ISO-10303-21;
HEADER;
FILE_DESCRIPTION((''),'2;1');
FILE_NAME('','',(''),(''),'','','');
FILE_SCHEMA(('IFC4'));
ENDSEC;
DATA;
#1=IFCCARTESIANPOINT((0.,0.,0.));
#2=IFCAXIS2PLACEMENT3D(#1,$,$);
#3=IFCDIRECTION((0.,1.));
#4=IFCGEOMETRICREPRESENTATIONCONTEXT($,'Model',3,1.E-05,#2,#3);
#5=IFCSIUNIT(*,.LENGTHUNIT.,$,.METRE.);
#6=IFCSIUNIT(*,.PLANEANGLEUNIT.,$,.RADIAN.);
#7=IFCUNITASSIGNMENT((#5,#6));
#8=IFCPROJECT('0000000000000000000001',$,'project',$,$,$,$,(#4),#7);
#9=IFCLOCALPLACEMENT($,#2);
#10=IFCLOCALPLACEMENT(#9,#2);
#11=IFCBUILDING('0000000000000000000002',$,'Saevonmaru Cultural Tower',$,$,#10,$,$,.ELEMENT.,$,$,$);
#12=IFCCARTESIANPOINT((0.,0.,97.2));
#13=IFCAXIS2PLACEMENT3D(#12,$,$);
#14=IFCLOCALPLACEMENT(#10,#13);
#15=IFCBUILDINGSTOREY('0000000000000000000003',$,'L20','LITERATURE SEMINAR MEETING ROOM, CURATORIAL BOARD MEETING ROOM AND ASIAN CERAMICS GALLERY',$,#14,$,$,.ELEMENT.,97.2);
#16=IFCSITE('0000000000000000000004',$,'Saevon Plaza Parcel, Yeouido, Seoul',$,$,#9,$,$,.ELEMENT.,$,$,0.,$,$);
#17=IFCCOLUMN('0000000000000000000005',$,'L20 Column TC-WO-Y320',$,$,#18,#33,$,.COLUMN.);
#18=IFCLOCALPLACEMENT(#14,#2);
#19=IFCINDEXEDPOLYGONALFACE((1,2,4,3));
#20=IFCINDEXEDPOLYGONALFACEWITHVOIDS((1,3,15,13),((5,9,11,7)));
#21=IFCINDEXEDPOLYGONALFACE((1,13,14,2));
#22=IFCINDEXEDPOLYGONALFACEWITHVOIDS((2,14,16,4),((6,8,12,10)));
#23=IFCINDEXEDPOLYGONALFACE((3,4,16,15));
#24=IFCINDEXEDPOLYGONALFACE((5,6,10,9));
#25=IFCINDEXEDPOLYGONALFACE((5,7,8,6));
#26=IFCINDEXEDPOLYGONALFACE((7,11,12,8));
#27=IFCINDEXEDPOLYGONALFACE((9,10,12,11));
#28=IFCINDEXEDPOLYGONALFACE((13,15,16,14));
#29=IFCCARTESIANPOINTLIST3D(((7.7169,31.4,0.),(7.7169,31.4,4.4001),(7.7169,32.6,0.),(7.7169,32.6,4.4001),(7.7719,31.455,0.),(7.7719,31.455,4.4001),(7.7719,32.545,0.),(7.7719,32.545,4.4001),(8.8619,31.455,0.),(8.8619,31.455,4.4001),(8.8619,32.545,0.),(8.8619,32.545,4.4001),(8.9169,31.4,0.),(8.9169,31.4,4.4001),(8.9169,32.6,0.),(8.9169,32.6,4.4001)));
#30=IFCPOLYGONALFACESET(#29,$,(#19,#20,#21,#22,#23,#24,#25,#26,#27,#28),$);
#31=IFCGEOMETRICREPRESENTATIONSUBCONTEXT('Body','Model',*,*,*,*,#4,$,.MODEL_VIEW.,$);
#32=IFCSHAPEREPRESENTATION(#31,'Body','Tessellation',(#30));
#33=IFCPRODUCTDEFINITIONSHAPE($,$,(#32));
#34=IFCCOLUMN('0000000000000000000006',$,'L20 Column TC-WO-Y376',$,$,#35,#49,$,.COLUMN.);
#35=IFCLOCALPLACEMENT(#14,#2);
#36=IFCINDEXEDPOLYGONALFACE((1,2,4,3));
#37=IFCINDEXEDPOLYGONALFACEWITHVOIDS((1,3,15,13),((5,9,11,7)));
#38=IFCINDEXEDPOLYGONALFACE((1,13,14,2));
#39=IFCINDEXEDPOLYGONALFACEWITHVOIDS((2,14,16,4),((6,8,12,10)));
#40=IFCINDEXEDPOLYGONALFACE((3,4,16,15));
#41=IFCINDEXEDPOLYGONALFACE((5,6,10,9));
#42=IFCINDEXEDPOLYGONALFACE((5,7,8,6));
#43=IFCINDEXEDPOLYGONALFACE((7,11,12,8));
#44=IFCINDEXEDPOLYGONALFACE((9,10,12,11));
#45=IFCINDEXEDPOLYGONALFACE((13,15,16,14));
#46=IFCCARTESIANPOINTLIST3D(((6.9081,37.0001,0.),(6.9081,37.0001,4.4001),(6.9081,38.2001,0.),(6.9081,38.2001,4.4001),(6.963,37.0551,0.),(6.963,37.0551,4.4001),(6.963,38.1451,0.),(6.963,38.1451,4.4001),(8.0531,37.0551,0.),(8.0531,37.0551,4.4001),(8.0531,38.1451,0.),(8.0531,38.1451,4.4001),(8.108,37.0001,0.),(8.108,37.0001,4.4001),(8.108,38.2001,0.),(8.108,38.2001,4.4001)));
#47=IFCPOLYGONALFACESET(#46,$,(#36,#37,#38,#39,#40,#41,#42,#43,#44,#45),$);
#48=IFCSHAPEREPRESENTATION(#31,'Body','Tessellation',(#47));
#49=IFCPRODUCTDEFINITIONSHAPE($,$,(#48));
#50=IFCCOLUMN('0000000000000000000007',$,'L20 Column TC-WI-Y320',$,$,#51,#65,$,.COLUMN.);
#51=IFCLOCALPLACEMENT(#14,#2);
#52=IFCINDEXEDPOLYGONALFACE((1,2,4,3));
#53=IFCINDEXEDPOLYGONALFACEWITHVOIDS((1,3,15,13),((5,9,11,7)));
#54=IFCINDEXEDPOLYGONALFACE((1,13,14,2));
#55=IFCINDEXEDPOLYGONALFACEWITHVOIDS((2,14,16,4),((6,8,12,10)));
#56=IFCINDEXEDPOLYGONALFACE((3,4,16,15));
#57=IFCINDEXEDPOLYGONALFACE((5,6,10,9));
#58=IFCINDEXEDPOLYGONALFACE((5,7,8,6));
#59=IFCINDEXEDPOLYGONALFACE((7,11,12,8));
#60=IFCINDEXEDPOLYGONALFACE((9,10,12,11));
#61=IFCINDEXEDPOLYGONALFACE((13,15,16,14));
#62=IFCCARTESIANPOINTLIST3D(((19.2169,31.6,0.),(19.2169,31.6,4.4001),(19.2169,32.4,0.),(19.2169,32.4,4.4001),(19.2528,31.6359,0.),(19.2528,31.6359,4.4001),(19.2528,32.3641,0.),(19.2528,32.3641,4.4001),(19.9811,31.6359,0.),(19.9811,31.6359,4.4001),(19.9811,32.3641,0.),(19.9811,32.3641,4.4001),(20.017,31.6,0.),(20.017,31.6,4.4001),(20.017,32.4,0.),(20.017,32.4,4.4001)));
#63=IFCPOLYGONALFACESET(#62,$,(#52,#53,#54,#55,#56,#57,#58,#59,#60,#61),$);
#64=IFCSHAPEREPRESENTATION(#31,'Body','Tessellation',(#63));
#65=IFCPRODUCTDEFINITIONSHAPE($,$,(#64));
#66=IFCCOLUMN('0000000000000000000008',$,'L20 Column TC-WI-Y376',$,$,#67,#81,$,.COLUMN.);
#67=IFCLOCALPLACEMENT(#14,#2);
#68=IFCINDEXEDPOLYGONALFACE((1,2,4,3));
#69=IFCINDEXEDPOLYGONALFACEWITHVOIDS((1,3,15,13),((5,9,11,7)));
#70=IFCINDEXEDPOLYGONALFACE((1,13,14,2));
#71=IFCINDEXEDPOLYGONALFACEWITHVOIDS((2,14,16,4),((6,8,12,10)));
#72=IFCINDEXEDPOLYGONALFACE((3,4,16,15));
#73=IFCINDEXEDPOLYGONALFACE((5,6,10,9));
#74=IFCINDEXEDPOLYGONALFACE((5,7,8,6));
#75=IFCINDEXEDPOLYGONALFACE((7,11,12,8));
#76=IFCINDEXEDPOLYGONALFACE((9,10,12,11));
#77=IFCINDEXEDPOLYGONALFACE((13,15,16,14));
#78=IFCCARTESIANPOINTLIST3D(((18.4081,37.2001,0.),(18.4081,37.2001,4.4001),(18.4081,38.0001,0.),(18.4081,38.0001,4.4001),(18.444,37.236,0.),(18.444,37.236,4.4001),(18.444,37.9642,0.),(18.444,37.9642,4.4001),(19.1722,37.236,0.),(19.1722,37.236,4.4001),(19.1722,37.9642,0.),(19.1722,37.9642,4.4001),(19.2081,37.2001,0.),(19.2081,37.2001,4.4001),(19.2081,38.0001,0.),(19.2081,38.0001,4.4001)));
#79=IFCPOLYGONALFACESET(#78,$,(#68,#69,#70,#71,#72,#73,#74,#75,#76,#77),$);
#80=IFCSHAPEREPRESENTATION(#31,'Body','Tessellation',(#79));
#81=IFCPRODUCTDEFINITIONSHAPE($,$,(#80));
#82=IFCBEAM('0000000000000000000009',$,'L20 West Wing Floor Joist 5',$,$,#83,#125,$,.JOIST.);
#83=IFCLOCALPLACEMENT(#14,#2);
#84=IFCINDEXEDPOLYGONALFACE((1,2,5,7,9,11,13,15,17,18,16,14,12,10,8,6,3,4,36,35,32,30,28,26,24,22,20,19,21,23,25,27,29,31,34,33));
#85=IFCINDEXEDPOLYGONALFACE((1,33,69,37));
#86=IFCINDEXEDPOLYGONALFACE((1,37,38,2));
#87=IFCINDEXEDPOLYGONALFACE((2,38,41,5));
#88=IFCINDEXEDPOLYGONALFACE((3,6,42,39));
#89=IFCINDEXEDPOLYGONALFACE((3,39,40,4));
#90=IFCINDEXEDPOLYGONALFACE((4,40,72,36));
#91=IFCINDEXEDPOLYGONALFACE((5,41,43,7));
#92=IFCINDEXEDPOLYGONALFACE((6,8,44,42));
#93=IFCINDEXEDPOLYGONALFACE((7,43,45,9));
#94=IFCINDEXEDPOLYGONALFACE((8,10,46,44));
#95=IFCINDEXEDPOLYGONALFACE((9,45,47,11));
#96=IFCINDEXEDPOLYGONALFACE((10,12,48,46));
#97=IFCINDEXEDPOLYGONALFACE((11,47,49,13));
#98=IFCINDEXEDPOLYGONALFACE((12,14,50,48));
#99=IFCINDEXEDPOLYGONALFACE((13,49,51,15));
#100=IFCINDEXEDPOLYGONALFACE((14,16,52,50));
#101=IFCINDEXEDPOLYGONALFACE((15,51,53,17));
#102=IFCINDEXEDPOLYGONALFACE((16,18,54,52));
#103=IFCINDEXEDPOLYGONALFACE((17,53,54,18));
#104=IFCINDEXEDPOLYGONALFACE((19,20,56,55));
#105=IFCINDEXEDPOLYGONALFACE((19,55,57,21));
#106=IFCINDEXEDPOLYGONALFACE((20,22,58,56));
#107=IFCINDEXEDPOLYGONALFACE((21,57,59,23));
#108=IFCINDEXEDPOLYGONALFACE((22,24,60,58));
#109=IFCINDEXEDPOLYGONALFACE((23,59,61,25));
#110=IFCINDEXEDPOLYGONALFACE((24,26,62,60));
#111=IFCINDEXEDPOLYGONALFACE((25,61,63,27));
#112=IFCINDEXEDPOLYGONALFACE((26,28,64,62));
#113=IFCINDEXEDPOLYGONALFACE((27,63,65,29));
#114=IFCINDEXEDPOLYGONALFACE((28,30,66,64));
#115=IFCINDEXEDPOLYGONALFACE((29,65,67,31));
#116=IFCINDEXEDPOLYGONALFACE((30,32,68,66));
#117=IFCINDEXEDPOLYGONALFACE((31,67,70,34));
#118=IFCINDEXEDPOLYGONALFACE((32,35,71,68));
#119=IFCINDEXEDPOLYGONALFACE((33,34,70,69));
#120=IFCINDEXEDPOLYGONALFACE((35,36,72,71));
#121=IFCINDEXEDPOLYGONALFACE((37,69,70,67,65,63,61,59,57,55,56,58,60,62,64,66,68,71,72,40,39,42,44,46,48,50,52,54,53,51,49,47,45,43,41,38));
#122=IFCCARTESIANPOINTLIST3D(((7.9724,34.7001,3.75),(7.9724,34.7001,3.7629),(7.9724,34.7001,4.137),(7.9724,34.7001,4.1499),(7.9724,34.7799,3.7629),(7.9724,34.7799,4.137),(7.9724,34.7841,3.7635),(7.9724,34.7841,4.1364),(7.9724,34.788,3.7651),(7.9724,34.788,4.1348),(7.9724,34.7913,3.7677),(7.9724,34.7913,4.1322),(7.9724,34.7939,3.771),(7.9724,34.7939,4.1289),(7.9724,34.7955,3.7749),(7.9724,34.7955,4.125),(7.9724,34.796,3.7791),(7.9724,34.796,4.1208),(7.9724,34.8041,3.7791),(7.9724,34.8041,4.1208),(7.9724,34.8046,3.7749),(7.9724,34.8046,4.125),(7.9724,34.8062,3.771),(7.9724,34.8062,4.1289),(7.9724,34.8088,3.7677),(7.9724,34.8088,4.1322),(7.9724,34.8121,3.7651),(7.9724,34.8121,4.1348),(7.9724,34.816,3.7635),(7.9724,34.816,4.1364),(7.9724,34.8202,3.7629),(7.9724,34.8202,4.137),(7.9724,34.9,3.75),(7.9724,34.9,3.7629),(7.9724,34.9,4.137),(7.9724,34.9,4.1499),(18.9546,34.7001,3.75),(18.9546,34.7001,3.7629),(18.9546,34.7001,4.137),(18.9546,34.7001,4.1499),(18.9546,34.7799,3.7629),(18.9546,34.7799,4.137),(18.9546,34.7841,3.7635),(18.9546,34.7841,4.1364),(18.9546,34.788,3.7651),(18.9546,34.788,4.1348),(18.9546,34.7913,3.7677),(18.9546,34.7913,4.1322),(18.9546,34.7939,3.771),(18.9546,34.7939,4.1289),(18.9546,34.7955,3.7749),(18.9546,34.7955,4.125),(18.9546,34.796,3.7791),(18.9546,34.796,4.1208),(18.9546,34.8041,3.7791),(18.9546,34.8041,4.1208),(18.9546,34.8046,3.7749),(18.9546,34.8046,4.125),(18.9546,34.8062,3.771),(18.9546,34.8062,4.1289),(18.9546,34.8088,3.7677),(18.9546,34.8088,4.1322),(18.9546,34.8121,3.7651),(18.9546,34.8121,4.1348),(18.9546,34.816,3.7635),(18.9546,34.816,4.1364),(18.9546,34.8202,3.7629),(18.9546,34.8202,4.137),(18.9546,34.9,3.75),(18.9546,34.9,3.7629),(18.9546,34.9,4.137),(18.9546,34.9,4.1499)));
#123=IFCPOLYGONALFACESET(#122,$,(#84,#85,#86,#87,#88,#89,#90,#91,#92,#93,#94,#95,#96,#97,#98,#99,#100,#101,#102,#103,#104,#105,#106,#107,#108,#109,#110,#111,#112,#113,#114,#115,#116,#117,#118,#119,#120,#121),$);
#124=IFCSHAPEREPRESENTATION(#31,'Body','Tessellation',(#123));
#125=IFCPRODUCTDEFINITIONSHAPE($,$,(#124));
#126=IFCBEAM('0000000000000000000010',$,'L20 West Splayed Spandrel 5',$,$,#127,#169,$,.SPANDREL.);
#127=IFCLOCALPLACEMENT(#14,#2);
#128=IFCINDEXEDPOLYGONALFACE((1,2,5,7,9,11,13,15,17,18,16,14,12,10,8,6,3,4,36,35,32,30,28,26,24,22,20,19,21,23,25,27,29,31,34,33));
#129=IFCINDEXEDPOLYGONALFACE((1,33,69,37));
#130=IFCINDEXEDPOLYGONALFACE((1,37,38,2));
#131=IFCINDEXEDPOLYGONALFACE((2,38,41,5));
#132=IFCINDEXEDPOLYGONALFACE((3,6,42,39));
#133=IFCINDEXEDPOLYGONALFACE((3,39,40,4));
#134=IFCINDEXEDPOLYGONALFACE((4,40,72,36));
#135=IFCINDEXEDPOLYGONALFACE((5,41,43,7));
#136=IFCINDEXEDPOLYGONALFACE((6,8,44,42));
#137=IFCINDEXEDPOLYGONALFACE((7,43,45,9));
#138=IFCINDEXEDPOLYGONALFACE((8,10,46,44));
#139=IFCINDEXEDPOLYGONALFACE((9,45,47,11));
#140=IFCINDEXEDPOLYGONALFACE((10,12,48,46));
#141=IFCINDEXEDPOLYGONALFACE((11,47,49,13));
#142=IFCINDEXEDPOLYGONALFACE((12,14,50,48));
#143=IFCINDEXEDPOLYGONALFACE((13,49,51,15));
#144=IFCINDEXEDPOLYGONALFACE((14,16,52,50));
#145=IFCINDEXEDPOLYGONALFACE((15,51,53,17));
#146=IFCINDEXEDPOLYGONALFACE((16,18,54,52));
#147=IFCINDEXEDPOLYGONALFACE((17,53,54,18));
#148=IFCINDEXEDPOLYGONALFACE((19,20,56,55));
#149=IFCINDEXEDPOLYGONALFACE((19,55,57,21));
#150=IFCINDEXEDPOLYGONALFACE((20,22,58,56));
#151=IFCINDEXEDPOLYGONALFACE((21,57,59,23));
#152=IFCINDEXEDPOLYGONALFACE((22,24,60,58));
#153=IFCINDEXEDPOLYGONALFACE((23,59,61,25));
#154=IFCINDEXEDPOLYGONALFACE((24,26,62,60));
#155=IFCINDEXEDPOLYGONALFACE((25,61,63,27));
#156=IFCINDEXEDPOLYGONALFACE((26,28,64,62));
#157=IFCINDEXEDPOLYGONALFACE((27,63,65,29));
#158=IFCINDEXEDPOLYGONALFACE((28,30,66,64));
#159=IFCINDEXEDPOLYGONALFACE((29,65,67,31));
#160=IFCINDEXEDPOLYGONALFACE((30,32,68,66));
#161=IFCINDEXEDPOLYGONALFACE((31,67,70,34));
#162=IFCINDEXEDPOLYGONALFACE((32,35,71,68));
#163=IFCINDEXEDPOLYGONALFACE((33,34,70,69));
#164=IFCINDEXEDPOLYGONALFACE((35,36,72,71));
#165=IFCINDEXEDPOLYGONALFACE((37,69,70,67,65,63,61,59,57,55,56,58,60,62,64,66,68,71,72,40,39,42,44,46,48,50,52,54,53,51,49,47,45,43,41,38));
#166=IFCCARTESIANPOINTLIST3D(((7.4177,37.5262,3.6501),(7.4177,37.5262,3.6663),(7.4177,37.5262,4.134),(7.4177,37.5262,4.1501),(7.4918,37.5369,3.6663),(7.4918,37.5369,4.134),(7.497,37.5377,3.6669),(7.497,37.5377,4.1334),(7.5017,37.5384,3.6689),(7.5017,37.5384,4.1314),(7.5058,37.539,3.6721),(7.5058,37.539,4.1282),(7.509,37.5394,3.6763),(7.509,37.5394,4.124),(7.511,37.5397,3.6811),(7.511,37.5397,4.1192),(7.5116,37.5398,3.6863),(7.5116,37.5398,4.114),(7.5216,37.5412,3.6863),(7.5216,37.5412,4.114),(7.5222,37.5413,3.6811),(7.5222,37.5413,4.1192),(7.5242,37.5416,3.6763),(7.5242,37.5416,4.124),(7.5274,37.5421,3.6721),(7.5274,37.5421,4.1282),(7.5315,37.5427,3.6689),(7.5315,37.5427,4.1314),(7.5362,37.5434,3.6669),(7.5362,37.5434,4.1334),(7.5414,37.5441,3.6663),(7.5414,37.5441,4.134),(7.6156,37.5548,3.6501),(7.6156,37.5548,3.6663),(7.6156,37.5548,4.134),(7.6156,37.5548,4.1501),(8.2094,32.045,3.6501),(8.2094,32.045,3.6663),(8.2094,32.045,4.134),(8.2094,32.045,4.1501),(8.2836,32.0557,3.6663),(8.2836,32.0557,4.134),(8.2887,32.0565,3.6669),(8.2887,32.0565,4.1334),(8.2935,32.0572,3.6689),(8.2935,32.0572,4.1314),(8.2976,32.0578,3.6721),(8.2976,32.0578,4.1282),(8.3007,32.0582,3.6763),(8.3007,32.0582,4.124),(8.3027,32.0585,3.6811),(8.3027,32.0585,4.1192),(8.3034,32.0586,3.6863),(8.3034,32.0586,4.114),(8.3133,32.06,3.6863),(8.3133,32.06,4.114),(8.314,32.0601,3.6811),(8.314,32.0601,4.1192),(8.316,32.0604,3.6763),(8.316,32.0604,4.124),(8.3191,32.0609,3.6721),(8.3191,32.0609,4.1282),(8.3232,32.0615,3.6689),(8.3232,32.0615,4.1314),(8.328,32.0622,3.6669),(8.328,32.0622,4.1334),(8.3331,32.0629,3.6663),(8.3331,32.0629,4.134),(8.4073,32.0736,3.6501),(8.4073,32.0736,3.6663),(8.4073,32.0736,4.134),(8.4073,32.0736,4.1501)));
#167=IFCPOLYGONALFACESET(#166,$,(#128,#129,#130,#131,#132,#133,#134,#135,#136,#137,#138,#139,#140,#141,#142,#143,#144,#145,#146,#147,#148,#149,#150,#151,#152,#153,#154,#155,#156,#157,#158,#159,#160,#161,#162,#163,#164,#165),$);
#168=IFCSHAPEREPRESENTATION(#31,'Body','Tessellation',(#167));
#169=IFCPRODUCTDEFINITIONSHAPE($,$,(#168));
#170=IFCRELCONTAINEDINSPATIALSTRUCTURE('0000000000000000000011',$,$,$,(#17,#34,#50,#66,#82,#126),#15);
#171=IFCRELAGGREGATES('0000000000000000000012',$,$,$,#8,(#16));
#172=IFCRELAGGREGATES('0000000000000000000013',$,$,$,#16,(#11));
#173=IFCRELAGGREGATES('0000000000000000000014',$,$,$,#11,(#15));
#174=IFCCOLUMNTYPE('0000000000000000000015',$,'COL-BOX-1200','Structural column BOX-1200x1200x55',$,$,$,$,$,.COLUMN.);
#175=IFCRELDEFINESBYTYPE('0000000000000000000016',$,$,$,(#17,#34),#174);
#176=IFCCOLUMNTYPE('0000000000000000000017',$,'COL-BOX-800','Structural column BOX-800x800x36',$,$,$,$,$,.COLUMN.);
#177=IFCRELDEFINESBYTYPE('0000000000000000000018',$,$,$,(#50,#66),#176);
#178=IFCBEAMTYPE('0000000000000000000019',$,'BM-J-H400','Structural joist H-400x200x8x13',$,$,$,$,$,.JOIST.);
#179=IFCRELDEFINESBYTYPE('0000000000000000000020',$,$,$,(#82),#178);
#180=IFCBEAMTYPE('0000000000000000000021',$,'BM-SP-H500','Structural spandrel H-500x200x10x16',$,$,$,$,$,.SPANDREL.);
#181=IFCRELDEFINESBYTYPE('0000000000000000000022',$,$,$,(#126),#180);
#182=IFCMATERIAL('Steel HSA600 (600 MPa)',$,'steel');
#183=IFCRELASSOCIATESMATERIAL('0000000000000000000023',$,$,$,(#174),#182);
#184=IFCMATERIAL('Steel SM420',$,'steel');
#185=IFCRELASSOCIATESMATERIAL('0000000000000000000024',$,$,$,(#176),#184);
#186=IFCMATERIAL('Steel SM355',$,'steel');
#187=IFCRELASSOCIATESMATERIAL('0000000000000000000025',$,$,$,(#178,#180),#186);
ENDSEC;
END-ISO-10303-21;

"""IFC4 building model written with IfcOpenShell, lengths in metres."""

from ifc_helpers import new_model, si_unit, direction, frame, origin, origin_2d, place, context, subcontext, project, spatial, hollow_rectangle, i_section, extrude, material, material_profile, profile_set, type_object, element, save


model = new_model("IFC4")

# Units and contexts
model_context = context("Model", 3, precision=1e-05, world=origin(), true_north=direction((0.0, 1.0)))
body_context = subcontext(model_context, "Body", "Model", "MODEL_VIEW")
ifc_project = project(units=[si_unit("LENGTHUNIT", "METRE"), si_unit("PLANEANGLEUNIT", "RADIAN")], contexts=[model_context])

# Site, building, storey
site_placement = place(None, origin())
site = spatial("IfcSite", under=ifc_project, at=site_placement, Name="Saevon Plaza Parcel, Yeouido, Seoul", CompositionType="ELEMENT", RefElevation=0.0)
building_placement = place(site_placement, origin())
building = spatial("IfcBuilding", under=site, at=building_placement, Name="Saevonmaru Cultural Tower", CompositionType="ELEMENT")
storey_placement = place(building_placement, frame((0.0, 0.0, 97.2)))
storey = spatial("IfcBuildingStorey", under=building, at=storey_placement, Name="L20", Description="LITERATURE SEMINAR MEETING ROOM, CURATORIAL BOARD MEETING ROOM AND ASIAN CERAMICS GALLERY", CompositionType="ELEMENT", Elevation=97.2)

# Columns
ifc_material_1 = material(Name="Steel HSA600 (600 MPa)", Category="steel")
ifc_material_profile_1 = material_profile(ifc_material_1, hollow_rectangle(XDim=1.2, YDim=1.2, WallThickness=0.0549, at=origin_2d()), Name="BOX-1200x1200x55")
ifc_profile_set_1 = profile_set([ifc_material_profile_1], Name="Steel HSA600 (600 MPa)")
column_type_1 = type_object("IfcColumnType", Name="COL-BOX-1200", Description="Structural column BOX-1200x1200x55", PredefinedType="COLUMN", material=ifc_profile_set_1)
for number, where, z_axis, x_axis, name in (
    (1, (8.3169, 32.0, 0.0), (0.0, 0.0, 1.0), (1.0, 0.0, 0.0), "L20 Column TC-WO-Y320"),
    (2, (7.5081, 37.6001, 0.0), (0.0, 0.0, 1.0), (1.0, 0.0, 0.0), "L20 Column TC-WO-Y376"),
):
    element("IfcColumn", number, at=place(storey_placement, frame(where, z_axis=z_axis, x_axis=x_axis)), inside=storey, type_object=column_type_1, Name=name, PredefinedType="COLUMN", context=body_context, shape_type="SweptSolid", body=[
        extrude(hollow_rectangle(XDim=1.2, YDim=1.2, WallThickness=0.0549, at=origin_2d()), origin(), (0.0, 0.0, 1.0), 4.4001),
    ])
ifc_material_2 = material(Name="Steel SM420", Category="steel")
ifc_material_profile_2 = material_profile(ifc_material_2, hollow_rectangle(XDim=0.8, YDim=0.8, WallThickness=0.0359, at=origin_2d()), Name="BOX-800x800x36")
ifc_profile_set_2 = profile_set([ifc_material_profile_2], Name="Steel SM420")
column_type_2 = type_object("IfcColumnType", Name="COL-BOX-800", Description="Structural column BOX-800x800x36", PredefinedType="COLUMN", material=ifc_profile_set_2)
for number, where, z_axis, x_axis, name in (
    (3, (19.6169, 32.0, 0.0), (0.0, 0.0, 1.0), (1.0, 0.0, 0.0), "L20 Column TC-WI-Y320"),
    (4, (18.8081, 37.6001, 0.0), (0.0, 0.0, 1.0), (1.0, 0.0, 0.0), "L20 Column TC-WI-Y376"),
):
    element("IfcColumn", number, at=place(storey_placement, frame(where, z_axis=z_axis, x_axis=x_axis)), inside=storey, type_object=column_type_2, Name=name, PredefinedType="COLUMN", context=body_context, shape_type="SweptSolid", body=[
        extrude(hollow_rectangle(XDim=0.8, YDim=0.8, WallThickness=0.0359, at=origin_2d()), origin(), (0.0, 0.0, 1.0), 4.4001),
    ])

# Beams
ifc_material_3 = material(Name="Steel SM355", Category="steel")
ifc_material_profile_3 = material_profile(ifc_material_3, i_section(OverallWidth=0.2, OverallDepth=0.3999, WebThickness=0.0081, FlangeThickness=0.0129, FilletRadius=0.0161, at=origin_2d()), Name="H-400x200x8x13")
ifc_profile_set_3 = profile_set([ifc_material_profile_3], Name="Steel SM355")
beam_type_1 = type_object("IfcBeamType", Name="BM-J-H400", Description="Structural joist H-400x200x8x13", PredefinedType="JOIST", material=ifc_profile_set_3)
beam_1_placement = place(storey_placement, frame((7.9724, 34.8, 3.95), z_axis=(1.0, 0.0, 0.0), x_axis=(0.0, 1.0, 0.0)))
element("IfcBeam", 5, at=beam_1_placement, inside=storey, type_object=beam_type_1, Name="L20 West Wing Floor Joist 5", PredefinedType="JOIST", context=body_context, shape_type="SweptSolid", body=[
    extrude(i_section(OverallWidth=0.2, OverallDepth=0.3999, WebThickness=0.0081, FlangeThickness=0.0129, FilletRadius=0.0161, at=origin_2d()), origin(), (0.0, 0.0, 1.0), 10.9822),
])
ifc_material_profile_4 = material_profile(ifc_material_3, i_section(OverallWidth=0.2, OverallDepth=0.5, WebThickness=0.01, FlangeThickness=0.0161, FilletRadius=0.02, at=origin_2d()), Name="H-500x200x10x16")
ifc_profile_set_4 = profile_set([ifc_material_profile_4], Name="Steel SM355")
beam_type_2 = type_object("IfcBeamType", Name="BM-SP-H500", Description="Structural spandrel H-500x200x10x16", PredefinedType="SPANDREL", material=ifc_profile_set_4)
beam_2_placement = place(storey_placement, frame((8.3083, 32.0593, 3.9001), z_axis=(-0.142964, 0.989728, 0.0), x_axis=(-0.989728, -0.142964, 0.0)))
element("IfcBeam", 6, at=beam_2_placement, inside=storey, type_object=beam_type_2, Name="L20 West Splayed Spandrel 5", PredefinedType="SPANDREL", context=body_context, shape_type="SweptSolid", body=[
    extrude(i_section(OverallWidth=0.2, OverallDepth=0.5, WebThickness=0.01, FlangeThickness=0.0161, FilletRadius=0.02, at=origin_2d()), origin(), (0.0, 0.0, 1.0), 5.5381),
])

save(model, "model.ifc")
